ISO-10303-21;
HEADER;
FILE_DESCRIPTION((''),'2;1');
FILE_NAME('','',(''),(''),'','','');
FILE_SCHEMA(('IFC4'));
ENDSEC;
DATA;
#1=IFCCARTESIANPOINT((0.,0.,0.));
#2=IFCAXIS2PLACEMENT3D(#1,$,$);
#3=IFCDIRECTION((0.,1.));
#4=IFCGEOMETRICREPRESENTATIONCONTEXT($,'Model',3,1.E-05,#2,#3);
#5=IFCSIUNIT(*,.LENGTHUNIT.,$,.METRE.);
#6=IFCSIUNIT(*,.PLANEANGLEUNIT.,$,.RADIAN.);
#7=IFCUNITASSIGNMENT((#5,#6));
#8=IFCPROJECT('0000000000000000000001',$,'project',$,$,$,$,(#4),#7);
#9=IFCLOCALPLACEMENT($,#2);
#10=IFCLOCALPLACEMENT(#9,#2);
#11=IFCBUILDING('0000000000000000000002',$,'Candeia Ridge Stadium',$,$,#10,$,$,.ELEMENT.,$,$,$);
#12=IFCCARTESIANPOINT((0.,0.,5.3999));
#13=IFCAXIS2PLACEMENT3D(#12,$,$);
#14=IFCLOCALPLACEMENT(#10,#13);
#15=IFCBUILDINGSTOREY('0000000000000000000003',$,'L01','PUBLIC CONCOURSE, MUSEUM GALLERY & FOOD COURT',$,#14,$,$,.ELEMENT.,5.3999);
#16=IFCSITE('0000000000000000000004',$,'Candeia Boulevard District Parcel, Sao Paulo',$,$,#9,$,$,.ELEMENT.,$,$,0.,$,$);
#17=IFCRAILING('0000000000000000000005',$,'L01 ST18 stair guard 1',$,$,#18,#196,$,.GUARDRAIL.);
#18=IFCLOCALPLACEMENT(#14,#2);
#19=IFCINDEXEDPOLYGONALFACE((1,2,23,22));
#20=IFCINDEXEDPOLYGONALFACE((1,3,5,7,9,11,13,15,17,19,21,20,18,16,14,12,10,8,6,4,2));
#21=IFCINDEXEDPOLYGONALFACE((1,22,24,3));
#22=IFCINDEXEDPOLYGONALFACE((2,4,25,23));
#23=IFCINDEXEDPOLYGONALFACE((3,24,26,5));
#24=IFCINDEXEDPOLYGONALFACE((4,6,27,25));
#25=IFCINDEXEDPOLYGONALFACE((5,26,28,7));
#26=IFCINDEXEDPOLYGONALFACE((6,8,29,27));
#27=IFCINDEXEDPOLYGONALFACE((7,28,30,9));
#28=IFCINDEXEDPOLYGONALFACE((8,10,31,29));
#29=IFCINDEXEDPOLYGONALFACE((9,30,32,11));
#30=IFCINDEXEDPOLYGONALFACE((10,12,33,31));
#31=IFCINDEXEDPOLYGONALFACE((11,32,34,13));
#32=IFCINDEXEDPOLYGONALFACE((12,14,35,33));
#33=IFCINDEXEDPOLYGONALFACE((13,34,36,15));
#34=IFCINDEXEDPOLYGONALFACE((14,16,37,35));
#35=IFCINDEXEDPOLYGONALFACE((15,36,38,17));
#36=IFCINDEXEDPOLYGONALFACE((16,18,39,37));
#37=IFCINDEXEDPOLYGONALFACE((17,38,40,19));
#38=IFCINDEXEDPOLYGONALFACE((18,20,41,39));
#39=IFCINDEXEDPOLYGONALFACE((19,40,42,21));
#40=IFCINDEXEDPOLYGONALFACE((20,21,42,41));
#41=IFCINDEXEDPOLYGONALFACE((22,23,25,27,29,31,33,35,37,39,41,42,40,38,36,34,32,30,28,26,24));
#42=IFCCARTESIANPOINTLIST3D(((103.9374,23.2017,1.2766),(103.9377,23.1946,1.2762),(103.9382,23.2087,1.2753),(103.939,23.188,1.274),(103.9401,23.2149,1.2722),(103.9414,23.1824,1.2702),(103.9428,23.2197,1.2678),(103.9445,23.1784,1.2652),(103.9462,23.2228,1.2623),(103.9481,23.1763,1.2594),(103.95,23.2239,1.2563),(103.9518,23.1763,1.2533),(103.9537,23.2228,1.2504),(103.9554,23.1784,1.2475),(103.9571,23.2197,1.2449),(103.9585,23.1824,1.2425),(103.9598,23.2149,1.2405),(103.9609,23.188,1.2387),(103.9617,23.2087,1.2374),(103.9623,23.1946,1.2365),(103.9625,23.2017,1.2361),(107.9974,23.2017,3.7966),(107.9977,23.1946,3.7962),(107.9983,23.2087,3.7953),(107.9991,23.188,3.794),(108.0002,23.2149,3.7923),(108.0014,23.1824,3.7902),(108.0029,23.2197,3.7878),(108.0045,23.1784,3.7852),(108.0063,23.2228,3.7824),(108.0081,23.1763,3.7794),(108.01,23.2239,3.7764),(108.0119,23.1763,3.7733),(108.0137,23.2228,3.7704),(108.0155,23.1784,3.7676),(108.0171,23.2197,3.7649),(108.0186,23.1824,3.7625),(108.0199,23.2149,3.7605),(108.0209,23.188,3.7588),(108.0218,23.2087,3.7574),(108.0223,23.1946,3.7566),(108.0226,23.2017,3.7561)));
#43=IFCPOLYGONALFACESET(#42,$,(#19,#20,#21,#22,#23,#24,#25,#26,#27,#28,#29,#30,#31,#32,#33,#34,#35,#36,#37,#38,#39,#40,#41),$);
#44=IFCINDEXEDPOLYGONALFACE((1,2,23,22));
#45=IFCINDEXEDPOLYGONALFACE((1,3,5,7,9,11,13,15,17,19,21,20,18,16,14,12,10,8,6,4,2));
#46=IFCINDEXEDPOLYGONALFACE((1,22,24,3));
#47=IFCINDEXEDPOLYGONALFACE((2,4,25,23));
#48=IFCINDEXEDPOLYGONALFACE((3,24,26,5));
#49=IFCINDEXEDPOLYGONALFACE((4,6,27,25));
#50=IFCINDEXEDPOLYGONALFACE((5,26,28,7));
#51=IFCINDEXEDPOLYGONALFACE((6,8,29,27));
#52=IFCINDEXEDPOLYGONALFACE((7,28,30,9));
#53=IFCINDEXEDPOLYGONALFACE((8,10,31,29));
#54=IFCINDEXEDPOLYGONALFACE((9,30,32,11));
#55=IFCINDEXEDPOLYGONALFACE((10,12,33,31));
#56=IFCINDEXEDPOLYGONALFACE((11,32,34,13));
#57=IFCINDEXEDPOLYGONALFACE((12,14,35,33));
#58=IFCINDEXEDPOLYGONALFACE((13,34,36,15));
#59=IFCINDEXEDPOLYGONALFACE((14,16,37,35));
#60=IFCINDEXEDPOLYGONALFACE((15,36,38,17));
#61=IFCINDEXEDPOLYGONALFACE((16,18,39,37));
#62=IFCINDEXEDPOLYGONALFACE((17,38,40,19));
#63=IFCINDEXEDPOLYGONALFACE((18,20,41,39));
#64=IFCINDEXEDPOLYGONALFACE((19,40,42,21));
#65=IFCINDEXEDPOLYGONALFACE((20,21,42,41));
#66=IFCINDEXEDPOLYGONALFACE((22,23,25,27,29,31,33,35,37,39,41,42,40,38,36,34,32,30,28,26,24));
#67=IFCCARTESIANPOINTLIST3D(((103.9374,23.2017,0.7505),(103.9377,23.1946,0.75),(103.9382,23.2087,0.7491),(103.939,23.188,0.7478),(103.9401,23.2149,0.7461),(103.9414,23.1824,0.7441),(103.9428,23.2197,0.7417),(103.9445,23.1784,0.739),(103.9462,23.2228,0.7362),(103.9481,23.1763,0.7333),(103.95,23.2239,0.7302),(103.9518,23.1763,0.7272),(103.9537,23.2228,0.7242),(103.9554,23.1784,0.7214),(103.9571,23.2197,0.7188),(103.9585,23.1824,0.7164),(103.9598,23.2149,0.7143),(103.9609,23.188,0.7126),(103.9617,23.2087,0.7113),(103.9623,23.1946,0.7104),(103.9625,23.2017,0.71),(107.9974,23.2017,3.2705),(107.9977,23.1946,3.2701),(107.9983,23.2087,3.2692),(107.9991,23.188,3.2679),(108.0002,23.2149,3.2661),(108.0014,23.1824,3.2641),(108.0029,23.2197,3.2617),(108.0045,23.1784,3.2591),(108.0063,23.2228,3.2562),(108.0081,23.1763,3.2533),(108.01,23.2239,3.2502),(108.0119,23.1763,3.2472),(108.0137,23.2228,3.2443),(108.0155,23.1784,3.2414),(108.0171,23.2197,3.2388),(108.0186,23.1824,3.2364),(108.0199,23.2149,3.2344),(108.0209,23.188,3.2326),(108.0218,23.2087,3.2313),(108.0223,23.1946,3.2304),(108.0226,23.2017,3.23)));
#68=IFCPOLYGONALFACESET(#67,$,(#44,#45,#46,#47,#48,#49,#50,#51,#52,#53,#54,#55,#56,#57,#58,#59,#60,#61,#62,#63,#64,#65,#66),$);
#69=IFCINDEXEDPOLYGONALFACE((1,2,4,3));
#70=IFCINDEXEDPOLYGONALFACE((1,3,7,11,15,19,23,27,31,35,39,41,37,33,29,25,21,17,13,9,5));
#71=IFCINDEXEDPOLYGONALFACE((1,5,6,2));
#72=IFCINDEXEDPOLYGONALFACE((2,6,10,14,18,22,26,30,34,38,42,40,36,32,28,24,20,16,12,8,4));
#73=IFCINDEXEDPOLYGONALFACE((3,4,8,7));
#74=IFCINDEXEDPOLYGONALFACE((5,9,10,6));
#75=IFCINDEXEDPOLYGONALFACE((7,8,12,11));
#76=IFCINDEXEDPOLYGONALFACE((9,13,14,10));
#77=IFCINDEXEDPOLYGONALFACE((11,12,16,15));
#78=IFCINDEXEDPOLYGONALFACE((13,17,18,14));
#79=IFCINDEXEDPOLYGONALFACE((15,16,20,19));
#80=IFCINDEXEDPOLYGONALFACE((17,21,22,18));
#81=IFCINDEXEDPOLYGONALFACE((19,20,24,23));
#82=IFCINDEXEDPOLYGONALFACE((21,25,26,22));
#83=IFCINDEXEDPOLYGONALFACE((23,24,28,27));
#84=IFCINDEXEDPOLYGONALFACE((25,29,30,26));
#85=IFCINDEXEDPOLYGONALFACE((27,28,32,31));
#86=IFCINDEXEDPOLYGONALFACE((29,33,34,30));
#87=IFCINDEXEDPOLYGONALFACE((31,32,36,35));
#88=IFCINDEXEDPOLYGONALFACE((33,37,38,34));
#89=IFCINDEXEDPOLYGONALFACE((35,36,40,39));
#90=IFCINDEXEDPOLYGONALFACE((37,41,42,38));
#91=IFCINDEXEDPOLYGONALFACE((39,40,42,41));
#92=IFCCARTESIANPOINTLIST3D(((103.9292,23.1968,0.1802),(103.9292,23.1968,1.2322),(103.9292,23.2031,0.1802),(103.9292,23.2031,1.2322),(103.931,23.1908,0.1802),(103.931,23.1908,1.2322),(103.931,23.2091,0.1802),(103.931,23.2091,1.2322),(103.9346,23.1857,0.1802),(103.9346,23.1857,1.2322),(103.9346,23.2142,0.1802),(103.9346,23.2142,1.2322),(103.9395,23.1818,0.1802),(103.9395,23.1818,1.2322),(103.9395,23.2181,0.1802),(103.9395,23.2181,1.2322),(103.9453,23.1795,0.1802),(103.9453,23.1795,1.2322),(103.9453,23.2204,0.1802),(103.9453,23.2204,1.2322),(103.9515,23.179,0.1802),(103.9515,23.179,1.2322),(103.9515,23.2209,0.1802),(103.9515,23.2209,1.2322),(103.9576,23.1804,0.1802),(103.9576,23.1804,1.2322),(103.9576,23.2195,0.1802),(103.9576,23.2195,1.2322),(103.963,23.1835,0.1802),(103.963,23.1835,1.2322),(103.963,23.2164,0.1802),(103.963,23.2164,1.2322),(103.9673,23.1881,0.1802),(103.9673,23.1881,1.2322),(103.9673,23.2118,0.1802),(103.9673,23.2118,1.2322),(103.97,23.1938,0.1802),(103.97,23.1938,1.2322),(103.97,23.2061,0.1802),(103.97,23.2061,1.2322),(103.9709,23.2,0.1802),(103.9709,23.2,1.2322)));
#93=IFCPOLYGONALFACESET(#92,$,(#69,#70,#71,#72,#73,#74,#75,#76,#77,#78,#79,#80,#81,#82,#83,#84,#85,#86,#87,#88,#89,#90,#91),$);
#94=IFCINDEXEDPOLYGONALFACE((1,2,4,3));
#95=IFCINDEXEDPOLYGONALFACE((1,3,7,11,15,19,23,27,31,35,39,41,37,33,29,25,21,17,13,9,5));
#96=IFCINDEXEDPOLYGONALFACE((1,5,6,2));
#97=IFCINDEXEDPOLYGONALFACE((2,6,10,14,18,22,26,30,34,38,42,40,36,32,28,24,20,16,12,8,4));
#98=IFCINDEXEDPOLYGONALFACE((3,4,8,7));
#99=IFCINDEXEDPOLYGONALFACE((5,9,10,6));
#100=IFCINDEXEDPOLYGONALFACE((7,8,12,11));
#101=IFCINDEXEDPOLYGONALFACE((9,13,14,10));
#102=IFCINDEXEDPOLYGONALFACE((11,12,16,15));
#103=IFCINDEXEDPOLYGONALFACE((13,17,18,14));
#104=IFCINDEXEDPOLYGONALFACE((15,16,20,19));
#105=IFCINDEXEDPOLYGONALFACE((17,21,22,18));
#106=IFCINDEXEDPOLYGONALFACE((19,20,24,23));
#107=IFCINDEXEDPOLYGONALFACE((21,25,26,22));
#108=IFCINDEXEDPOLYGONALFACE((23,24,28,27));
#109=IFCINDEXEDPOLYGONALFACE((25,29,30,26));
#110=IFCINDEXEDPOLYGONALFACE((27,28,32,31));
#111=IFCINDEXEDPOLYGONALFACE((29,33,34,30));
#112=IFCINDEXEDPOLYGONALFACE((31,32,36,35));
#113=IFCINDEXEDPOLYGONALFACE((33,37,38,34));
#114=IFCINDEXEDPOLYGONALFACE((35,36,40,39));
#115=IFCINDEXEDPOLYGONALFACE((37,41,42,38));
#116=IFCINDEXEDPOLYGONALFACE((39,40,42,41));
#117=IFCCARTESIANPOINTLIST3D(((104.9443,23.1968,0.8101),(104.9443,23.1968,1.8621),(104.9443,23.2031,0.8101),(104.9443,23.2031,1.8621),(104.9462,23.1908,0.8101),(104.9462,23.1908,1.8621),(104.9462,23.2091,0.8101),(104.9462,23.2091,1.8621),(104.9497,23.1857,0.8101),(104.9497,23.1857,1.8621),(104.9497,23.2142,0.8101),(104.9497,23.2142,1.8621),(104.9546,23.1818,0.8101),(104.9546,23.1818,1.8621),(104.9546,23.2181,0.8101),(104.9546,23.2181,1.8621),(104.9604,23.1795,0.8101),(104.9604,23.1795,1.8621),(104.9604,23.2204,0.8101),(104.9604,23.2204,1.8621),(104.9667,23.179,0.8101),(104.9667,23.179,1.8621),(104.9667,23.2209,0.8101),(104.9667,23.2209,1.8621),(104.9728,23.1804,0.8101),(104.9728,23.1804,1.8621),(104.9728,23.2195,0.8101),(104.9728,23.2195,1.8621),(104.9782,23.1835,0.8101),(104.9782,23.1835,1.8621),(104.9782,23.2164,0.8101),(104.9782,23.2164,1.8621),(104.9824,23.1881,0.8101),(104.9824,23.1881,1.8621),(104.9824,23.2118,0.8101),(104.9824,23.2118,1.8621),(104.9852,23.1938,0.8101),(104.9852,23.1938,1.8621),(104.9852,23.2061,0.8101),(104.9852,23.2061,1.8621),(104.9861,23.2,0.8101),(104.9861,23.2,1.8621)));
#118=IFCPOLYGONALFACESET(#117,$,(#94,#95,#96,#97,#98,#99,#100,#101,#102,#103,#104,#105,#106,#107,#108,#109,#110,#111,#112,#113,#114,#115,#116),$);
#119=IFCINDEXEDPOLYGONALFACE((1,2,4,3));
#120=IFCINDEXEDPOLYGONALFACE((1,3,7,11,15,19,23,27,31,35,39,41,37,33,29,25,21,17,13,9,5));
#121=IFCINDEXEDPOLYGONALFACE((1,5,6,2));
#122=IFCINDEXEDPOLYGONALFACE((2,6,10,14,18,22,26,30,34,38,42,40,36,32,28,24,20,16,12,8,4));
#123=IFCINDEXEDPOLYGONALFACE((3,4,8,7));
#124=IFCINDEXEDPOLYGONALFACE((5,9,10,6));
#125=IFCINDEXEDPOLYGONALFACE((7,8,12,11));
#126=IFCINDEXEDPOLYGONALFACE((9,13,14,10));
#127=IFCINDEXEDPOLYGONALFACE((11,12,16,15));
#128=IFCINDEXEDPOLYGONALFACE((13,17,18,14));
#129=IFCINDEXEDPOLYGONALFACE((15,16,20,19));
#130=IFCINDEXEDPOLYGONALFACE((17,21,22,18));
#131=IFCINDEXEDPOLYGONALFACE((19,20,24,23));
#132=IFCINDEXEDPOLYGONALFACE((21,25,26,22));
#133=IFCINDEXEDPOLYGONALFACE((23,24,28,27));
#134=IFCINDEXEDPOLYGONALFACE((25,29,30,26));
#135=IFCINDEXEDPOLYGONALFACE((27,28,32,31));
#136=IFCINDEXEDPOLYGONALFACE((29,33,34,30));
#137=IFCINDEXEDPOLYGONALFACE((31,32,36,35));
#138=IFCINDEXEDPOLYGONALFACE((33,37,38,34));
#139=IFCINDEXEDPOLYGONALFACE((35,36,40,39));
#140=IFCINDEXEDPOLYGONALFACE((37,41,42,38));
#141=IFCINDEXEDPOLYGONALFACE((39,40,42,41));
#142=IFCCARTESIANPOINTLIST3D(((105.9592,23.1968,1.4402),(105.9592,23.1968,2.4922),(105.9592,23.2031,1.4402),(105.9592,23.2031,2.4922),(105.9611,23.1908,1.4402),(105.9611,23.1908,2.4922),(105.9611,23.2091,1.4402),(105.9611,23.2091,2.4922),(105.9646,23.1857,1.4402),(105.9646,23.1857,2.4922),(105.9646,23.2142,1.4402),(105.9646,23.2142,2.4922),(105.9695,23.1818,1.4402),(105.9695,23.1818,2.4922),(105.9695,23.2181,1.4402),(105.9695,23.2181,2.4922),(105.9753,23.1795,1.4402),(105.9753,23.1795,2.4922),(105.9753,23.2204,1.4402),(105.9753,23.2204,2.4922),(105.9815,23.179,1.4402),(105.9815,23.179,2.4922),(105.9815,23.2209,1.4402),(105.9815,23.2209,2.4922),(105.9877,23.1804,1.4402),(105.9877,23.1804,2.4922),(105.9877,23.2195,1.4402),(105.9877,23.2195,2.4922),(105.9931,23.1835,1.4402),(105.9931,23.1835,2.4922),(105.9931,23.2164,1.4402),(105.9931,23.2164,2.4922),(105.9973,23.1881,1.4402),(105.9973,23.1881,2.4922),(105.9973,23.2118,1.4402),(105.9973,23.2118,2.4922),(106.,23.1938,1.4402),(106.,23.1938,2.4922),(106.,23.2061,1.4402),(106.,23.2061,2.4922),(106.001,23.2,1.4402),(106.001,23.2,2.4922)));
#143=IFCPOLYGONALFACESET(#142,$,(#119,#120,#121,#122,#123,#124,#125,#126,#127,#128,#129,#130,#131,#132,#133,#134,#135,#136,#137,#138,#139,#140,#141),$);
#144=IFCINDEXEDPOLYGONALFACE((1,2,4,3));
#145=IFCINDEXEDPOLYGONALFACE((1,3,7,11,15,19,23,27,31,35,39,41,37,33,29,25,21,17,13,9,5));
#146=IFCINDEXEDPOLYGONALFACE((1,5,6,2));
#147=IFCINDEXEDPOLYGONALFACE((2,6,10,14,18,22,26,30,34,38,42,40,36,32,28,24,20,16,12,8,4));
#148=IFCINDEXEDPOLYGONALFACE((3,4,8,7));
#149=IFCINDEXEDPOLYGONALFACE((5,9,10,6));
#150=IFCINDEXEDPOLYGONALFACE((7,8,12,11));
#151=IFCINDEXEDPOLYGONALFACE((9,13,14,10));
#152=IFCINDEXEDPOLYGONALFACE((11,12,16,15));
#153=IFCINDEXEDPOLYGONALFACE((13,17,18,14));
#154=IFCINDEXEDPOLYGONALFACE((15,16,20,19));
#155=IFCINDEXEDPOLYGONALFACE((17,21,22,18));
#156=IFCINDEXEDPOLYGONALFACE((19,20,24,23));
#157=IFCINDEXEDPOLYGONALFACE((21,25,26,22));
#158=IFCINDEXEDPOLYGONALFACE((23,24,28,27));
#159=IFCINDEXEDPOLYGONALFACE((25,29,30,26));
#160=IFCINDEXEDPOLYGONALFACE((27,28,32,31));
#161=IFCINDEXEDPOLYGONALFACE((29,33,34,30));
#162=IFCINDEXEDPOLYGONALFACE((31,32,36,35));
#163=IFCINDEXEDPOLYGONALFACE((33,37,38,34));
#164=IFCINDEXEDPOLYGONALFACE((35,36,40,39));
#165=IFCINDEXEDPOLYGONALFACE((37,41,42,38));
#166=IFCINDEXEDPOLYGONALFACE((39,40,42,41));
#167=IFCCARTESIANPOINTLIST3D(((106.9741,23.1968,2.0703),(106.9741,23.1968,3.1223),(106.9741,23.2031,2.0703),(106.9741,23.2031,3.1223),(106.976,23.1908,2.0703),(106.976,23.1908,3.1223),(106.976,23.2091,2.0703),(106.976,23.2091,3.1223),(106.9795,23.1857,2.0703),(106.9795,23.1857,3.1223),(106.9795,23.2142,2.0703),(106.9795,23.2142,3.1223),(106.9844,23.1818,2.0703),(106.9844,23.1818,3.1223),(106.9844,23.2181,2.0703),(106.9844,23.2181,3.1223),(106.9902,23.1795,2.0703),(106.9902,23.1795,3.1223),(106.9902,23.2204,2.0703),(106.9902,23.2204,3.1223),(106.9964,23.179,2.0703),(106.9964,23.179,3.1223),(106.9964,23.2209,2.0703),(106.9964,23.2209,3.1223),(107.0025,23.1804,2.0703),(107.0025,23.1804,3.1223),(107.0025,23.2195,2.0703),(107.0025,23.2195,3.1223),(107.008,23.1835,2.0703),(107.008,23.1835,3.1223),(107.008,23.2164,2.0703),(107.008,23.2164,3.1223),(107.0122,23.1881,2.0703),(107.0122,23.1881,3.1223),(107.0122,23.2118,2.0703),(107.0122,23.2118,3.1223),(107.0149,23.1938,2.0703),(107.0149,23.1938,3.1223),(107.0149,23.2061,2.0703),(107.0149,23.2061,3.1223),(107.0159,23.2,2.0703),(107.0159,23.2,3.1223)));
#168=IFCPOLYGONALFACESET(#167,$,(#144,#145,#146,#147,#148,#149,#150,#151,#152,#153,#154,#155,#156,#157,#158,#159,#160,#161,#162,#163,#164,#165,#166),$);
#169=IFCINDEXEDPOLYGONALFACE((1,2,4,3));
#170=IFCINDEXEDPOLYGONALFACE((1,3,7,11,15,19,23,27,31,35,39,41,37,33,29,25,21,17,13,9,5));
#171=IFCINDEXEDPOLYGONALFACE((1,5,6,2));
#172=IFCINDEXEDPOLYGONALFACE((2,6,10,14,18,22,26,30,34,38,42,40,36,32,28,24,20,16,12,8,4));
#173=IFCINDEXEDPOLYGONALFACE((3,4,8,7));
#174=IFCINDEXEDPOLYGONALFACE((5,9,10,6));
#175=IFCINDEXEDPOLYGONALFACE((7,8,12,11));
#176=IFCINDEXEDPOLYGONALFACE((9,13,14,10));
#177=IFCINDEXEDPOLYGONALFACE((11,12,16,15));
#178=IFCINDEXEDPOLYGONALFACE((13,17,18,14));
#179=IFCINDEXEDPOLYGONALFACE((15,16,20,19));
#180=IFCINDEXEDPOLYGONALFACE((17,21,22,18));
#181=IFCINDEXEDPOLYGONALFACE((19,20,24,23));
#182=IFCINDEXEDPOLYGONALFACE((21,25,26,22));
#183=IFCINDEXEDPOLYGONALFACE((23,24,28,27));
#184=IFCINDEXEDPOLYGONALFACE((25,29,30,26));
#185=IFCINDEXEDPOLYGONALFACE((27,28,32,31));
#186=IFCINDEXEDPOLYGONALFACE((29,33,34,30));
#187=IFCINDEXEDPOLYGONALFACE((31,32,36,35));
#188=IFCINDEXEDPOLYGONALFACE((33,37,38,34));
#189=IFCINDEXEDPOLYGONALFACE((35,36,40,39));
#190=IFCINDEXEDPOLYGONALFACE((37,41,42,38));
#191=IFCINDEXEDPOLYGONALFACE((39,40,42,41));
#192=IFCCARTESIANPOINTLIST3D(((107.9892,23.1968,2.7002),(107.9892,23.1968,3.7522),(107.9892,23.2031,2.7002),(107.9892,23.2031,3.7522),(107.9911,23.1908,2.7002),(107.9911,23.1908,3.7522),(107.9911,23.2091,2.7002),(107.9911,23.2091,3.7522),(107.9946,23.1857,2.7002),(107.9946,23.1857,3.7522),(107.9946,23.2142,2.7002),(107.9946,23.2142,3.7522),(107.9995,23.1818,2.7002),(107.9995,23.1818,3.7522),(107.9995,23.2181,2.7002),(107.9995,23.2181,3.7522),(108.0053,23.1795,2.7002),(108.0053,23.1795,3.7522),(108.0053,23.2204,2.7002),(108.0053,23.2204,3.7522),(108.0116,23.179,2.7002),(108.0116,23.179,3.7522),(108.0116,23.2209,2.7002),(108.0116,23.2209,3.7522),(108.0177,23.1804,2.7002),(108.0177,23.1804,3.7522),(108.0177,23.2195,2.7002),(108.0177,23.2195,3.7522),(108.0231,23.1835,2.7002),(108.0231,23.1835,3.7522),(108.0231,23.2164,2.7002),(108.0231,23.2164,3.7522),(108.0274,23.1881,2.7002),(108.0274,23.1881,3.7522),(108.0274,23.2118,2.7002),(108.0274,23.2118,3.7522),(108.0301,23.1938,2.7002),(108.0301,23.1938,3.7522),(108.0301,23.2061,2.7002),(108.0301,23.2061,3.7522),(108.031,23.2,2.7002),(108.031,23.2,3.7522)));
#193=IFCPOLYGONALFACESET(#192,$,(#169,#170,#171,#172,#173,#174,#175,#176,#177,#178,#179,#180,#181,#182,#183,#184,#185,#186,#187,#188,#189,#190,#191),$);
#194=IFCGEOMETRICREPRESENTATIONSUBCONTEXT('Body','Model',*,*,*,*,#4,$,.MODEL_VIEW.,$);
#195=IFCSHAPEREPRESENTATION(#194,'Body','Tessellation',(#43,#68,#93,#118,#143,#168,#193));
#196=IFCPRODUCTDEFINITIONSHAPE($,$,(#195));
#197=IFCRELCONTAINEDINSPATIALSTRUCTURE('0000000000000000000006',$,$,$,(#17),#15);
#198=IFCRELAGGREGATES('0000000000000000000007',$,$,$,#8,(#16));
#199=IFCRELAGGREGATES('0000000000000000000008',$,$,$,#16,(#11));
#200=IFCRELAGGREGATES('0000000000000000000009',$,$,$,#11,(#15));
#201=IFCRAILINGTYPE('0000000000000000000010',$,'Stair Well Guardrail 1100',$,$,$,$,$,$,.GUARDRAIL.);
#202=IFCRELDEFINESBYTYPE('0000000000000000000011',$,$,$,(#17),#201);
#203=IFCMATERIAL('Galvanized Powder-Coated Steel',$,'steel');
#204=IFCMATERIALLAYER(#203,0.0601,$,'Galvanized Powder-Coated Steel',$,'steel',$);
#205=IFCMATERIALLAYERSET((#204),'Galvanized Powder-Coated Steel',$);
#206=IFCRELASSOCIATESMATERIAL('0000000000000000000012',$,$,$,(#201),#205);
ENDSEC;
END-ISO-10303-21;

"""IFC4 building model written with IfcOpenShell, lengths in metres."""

from ifc_helpers import new_model, si_unit, direction, frame, origin, origin_2d, place, context, subcontext, project, spatial, circle, extrude, material, layer, layer_set, type_object, element, save


model = new_model("IFC4")

# Units and contexts
model_context = context("Model", 3, precision=1e-05, world=origin(), true_north=direction((0.0, 1.0)))
body_context = subcontext(model_context, "Body", "Model", "MODEL_VIEW")
ifc_project = project(units=[si_unit("LENGTHUNIT", "METRE"), si_unit("PLANEANGLEUNIT", "RADIAN")], contexts=[model_context])

# Site, building, storey
site_placement = place(None, origin())
site = spatial("IfcSite", under=ifc_project, at=site_placement, Name="Candeia Boulevard District Parcel, Sao Paulo", CompositionType="ELEMENT", RefElevation=0.0)
building_placement = place(site_placement, origin())
building = spatial("IfcBuilding", under=site, at=building_placement, Name="Candeia Ridge Stadium", CompositionType="ELEMENT")
storey_placement = place(building_placement, frame((0.0, 0.0, 5.3999)))
storey = spatial("IfcBuildingStorey", under=building, at=storey_placement, Name="L01", Description="PUBLIC CONCOURSE, MUSEUM GALLERY & FOOD COURT", CompositionType="ELEMENT", Elevation=5.3999)

# Railing
ifc_material_1 = material(Name="Galvanized Powder-Coated Steel", Category="steel")
ifc_layer_1 = layer(ifc_material_1, 0.0601, Name="Galvanized Powder-Coated Steel", Category="steel")
ifc_layer_set_1 = layer_set([ifc_layer_1], Name="Galvanized Powder-Coated Steel")
railing_type_1 = type_object("IfcRailingType", Name="Stair Well Guardrail 1100", PredefinedType="GUARDRAIL", material=ifc_layer_set_1)
railing_1_placement = place(storey_placement, frame((103.95, 23.2, 0.1802)))
element("IfcRailing", 1, at=railing_1_placement, inside=storey, type_object=railing_type_1, Name="L01 ST18 stair guard 1", PredefinedType="GUARDRAIL", context=body_context, shape_type="SweptSolid", body=[
    extrude(circle(Radius=0.0239, at=origin_2d()), frame((0.0, 0.0, 1.0762), z_axis=(0.849642, 0.0, 0.52736), x_axis=(0.0, 1.0, 0.0)), (0.0, 0.0, 1.0), 4.7786),
    extrude(circle(Radius=0.0239, at=origin_2d()), frame((0.0, 0.0, 0.55), z_axis=(0.849642, 0.0, 0.52736), x_axis=(0.0, 1.0, 0.0)), (0.0, 0.0, 1.0), 4.7786),
    extrude(circle(Radius=0.021, at=origin_2d()), origin(), (0.0, 0.0, 1.0), 1.052),
    extrude(circle(Radius=0.021, at=origin_2d()), frame((1.0151, 0.0, 0.6299)), (0.0, 0.0, 1.0), 1.052),
    extrude(circle(Radius=0.021, at=origin_2d()), frame((2.03, 0.0, 1.26)), (0.0, 0.0, 1.0), 1.052),
    extrude(circle(Radius=0.021, at=origin_2d()), frame((3.0449, 0.0, 1.8901)), (0.0, 0.0, 1.0), 1.052),
    extrude(circle(Radius=0.021, at=origin_2d()), frame((4.0601, 0.0, 2.52)), (0.0, 0.0, 1.0), 1.052),
])

save(model, "model.ifc")
